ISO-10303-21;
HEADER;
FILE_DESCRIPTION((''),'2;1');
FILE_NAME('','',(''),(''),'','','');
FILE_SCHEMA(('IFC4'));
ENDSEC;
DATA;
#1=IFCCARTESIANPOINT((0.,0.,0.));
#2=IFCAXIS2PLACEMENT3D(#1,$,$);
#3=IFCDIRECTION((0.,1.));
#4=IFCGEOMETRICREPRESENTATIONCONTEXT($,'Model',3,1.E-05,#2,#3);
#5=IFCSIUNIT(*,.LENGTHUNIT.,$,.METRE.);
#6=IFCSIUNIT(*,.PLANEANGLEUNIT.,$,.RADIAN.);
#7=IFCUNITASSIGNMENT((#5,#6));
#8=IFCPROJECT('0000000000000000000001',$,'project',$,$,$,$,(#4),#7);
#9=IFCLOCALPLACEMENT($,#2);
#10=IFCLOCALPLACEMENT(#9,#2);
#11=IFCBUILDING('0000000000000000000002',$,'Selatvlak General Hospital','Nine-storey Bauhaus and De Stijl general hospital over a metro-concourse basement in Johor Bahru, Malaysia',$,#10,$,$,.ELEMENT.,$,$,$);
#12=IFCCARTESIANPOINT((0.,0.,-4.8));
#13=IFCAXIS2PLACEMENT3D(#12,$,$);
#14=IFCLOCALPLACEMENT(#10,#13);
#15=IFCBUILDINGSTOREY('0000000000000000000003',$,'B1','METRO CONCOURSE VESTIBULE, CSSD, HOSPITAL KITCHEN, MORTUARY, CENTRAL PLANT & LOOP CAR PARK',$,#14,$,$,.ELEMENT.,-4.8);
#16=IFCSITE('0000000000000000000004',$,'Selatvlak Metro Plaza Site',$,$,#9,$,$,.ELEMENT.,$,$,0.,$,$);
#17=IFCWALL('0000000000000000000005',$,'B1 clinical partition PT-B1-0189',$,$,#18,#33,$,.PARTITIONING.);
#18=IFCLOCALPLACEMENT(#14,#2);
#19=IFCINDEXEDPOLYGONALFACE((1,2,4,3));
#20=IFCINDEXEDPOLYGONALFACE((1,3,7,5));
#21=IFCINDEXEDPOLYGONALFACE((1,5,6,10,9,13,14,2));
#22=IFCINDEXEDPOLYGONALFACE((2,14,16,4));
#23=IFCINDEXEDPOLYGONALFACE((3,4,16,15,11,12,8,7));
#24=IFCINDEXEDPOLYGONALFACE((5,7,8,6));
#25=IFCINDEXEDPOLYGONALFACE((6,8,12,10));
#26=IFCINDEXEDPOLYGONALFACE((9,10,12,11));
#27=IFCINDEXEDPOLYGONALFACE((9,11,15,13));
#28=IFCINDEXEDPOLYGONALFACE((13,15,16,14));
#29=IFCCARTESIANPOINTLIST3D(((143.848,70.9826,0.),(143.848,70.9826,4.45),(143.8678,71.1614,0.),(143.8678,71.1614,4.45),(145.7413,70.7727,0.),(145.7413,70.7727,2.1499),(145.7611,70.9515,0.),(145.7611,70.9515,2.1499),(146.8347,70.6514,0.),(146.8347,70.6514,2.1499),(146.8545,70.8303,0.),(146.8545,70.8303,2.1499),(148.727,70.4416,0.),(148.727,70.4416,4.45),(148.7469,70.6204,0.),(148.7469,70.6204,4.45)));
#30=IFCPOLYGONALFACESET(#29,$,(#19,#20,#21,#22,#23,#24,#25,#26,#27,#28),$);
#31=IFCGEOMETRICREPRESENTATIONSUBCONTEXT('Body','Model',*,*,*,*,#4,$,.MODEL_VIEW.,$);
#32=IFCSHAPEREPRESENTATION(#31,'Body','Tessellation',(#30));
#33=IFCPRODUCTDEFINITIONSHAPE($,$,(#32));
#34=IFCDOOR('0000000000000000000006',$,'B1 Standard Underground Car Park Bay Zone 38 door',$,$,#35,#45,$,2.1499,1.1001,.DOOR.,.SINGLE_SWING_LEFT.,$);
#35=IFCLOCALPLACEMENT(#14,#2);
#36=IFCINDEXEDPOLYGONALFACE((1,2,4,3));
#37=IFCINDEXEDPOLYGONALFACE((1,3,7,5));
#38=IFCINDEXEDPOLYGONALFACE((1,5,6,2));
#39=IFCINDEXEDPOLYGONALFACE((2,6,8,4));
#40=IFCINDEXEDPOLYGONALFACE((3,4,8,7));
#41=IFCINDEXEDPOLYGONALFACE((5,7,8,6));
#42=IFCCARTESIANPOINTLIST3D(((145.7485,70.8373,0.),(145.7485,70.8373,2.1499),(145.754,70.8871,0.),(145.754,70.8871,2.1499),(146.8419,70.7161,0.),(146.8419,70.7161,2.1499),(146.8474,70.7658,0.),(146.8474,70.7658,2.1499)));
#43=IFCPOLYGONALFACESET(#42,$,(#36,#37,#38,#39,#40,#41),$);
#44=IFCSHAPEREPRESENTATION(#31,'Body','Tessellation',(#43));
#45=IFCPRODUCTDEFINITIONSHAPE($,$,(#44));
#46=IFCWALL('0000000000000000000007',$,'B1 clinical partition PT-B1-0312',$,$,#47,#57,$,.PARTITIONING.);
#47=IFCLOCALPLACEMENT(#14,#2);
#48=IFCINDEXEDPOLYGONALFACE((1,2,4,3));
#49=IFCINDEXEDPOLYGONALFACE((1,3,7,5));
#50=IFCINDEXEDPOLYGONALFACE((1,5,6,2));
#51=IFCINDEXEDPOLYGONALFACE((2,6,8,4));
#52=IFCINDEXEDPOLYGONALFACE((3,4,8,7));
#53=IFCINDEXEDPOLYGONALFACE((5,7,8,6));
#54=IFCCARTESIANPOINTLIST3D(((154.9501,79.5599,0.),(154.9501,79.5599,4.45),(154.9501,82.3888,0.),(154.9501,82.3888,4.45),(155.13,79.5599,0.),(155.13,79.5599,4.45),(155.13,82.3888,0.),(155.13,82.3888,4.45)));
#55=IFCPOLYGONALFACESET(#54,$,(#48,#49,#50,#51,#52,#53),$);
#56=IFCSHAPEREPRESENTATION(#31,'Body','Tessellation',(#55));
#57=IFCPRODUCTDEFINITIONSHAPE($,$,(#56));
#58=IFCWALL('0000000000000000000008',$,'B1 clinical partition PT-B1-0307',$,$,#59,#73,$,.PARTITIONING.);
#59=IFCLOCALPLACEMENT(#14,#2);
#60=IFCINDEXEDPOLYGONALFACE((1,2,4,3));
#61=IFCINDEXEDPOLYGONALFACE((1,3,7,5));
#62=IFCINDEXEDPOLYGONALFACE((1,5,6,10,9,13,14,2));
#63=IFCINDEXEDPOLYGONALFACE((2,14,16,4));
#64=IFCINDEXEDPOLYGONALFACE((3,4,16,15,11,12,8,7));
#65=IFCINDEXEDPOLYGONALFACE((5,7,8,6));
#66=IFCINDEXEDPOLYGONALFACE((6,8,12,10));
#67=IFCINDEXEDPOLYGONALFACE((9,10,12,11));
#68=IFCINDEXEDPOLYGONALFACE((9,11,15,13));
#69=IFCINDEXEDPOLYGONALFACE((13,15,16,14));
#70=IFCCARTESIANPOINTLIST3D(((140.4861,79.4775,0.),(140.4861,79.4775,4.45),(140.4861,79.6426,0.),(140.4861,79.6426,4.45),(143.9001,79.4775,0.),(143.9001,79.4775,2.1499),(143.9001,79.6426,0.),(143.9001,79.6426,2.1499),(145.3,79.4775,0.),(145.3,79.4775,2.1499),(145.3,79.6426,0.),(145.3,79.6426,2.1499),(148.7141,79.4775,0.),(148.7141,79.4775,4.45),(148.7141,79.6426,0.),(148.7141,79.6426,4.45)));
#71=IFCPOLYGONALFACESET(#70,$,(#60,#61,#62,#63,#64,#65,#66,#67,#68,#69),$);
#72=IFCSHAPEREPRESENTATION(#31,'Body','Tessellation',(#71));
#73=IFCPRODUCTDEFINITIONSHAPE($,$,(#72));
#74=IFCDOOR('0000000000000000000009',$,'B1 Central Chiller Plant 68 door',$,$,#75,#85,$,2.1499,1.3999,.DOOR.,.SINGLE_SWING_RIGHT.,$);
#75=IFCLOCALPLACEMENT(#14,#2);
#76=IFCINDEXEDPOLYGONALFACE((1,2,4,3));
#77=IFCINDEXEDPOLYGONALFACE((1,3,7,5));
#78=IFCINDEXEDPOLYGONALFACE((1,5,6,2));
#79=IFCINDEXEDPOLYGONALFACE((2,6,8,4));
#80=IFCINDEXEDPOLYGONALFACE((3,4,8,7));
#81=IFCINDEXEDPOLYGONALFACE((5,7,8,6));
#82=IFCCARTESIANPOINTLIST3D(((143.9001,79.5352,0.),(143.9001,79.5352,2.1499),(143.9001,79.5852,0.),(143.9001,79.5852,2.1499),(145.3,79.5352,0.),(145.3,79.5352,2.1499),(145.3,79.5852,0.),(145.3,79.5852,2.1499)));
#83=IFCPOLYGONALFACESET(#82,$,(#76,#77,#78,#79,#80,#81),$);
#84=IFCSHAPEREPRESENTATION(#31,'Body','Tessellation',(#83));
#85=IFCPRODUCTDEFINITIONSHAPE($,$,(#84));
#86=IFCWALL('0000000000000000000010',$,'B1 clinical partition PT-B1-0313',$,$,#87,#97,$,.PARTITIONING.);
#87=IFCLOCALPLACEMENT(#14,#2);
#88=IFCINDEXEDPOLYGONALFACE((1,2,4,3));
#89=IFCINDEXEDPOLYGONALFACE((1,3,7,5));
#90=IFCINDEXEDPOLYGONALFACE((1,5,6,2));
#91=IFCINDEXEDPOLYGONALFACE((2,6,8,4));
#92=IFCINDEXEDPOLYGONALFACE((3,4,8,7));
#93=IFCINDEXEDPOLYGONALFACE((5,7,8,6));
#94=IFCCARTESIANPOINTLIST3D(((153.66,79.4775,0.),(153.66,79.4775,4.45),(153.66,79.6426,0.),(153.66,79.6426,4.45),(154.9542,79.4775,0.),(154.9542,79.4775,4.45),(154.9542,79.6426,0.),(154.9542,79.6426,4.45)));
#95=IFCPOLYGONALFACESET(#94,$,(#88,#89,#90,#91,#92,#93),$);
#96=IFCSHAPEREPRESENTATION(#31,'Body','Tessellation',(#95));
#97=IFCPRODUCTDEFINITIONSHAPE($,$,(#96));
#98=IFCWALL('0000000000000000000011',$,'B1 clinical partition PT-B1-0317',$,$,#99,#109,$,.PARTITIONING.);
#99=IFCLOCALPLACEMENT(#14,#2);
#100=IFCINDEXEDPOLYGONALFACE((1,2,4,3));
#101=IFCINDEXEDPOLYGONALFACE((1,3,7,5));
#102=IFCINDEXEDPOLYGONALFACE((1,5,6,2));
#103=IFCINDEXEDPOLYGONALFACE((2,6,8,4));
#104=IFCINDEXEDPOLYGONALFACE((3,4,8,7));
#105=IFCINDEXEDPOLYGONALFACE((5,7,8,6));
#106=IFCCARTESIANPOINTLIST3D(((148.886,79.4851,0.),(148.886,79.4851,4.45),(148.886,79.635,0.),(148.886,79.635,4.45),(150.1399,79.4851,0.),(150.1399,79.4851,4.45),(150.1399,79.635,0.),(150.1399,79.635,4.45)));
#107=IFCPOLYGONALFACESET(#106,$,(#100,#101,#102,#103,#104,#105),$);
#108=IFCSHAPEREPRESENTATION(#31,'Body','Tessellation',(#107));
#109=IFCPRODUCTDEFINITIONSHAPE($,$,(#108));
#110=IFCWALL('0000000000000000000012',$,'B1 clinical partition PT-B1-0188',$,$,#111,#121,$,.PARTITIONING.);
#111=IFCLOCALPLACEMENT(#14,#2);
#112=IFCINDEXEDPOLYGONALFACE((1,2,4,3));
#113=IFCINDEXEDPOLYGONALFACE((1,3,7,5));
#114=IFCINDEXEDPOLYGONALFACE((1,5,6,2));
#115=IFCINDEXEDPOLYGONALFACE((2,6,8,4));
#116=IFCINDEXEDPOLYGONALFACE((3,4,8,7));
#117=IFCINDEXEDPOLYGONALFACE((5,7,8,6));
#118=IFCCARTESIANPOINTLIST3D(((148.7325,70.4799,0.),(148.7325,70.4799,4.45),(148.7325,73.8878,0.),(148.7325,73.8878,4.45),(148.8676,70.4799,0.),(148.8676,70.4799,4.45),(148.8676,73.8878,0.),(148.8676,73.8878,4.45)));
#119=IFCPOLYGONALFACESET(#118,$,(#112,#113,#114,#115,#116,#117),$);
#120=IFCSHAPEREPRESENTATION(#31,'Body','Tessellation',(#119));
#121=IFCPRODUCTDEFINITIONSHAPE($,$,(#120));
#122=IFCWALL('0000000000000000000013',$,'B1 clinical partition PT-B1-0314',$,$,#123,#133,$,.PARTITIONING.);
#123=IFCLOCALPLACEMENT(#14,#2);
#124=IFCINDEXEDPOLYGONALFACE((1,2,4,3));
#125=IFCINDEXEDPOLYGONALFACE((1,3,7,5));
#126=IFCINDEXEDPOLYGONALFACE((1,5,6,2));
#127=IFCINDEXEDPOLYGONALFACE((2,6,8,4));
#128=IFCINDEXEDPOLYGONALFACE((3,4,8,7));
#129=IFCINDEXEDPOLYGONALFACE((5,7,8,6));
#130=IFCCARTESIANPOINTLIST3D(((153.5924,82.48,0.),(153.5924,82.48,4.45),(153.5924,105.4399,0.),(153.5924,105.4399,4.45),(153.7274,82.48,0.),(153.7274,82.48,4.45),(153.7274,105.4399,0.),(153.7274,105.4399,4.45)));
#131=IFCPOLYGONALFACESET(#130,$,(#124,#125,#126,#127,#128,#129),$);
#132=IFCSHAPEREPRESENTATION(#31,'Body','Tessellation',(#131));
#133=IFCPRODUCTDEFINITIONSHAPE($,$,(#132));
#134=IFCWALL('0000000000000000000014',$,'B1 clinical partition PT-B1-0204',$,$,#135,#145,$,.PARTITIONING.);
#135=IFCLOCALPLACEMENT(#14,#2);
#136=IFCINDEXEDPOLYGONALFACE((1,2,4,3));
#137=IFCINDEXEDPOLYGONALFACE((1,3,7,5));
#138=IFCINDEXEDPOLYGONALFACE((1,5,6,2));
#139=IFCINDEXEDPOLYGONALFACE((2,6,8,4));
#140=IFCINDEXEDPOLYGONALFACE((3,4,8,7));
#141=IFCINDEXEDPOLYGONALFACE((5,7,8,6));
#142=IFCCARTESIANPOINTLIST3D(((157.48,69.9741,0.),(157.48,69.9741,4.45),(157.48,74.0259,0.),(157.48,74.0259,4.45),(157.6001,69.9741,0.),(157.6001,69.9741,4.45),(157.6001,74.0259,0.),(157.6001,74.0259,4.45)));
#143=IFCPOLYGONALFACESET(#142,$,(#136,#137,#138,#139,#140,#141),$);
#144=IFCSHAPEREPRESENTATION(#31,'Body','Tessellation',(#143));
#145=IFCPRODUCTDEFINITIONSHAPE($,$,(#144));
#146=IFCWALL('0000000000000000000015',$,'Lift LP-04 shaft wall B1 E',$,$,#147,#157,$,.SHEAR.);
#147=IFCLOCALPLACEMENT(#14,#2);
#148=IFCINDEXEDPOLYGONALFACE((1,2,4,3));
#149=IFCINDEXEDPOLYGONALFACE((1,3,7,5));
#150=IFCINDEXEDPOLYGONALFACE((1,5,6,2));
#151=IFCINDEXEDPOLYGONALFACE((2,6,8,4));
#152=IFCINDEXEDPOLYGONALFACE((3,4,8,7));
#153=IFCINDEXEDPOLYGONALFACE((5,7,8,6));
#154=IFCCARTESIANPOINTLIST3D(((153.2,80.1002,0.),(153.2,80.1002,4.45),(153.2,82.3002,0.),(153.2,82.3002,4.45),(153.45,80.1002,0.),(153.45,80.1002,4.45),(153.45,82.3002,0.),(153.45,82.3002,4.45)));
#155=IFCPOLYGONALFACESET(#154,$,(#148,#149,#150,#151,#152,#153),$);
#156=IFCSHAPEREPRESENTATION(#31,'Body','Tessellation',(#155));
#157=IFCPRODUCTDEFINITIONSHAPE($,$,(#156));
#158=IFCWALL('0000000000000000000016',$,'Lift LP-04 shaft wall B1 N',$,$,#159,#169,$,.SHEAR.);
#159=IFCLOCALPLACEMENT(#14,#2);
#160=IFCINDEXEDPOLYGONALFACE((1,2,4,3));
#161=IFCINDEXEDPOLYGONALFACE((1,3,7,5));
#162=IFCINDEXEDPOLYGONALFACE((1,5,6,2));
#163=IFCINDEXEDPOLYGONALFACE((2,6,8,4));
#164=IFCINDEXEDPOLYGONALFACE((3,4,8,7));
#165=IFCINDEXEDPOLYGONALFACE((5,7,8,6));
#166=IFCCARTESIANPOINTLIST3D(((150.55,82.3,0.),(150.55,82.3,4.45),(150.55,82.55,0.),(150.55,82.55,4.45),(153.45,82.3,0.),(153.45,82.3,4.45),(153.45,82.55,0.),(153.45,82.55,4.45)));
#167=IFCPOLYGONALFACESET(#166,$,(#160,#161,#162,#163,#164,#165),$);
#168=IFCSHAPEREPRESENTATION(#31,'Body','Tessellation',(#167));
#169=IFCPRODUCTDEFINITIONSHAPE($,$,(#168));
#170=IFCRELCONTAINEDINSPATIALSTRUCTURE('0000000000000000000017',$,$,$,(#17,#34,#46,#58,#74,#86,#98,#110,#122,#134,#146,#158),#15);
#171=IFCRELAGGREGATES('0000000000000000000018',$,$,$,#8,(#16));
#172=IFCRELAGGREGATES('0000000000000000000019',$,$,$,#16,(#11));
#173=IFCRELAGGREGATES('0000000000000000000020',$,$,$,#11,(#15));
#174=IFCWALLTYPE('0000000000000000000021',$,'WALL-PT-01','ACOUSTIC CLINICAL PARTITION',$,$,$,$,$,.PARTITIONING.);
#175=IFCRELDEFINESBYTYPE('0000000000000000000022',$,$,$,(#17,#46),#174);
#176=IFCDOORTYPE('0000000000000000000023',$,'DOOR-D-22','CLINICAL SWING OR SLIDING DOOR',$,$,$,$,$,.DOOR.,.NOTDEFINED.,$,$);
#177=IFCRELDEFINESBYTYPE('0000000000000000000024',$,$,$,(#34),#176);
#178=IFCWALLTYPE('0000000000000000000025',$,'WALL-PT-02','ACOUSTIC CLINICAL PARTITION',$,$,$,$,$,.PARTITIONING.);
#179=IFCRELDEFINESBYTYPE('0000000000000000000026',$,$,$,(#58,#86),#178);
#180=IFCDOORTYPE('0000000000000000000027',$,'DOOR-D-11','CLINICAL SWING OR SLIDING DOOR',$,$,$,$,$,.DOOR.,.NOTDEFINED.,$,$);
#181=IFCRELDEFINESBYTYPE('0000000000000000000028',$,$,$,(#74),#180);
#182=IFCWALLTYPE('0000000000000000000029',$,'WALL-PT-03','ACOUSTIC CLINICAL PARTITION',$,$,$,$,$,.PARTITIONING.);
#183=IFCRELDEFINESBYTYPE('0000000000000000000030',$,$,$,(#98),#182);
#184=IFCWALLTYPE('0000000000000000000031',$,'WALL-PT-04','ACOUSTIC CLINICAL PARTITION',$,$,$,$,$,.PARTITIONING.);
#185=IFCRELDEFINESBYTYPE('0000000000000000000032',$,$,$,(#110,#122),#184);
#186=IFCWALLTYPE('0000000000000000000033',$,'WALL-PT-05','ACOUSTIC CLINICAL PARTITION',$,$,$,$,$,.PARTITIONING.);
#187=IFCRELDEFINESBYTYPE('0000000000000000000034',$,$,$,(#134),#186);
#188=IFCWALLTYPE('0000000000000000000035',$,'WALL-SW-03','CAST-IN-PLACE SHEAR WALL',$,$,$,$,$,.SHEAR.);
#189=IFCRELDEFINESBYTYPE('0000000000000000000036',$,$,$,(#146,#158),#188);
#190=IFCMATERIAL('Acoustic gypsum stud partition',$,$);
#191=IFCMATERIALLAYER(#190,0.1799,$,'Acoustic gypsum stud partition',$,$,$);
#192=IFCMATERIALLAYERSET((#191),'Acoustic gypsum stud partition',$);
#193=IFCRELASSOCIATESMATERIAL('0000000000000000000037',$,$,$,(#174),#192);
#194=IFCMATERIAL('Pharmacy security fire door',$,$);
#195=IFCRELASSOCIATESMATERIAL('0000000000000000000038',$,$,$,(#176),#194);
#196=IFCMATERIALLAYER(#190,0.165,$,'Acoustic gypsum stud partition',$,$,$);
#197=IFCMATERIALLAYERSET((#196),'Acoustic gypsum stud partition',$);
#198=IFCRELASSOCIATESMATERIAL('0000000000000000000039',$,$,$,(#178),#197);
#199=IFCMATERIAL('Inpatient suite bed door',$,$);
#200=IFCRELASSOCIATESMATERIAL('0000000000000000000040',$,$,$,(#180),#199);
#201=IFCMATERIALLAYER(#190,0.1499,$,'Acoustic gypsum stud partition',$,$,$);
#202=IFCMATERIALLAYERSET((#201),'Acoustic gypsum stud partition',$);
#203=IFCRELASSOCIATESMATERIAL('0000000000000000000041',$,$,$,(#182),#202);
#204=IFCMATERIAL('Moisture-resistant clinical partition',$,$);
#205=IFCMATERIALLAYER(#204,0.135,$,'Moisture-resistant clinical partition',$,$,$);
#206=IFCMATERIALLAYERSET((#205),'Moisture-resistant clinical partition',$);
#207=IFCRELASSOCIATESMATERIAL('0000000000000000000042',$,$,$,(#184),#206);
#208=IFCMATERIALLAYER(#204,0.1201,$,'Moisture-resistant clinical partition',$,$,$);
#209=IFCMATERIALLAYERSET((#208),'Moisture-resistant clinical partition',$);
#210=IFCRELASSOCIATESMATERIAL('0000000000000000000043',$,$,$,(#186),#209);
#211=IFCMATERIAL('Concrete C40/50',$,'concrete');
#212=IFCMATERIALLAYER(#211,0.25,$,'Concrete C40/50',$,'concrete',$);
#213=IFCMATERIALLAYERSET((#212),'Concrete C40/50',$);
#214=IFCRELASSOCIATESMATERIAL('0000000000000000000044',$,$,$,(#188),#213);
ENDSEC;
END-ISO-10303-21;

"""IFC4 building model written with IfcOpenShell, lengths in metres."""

from ifc_helpers import new_model, si_unit, direction, frame, frame_2d, origin, place, context, subcontext, project, spatial, rectangle, extrude, material, layer, layer_set, type_object, element, fill, save


model = new_model("IFC4")

# Units and contexts
model_context = context("Model", 3, precision=1e-05, world=origin(), true_north=direction((0.0, 1.0)))
body_context = subcontext(model_context, "Body", "Model", "MODEL_VIEW")
ifc_project = project(units=[si_unit("LENGTHUNIT", "METRE"), si_unit("PLANEANGLEUNIT", "RADIAN")], contexts=[model_context])

# Site, building, storey
site_placement = place(None, origin())
site = spatial("IfcSite", under=ifc_project, at=site_placement, Name="Selatvlak Metro Plaza Site", CompositionType="ELEMENT", RefElevation=0.0)
building_placement = place(site_placement, origin())
building = spatial("IfcBuilding", under=site, at=building_placement, Name="Selatvlak General Hospital", Description="Nine-storey Bauhaus and De Stijl general hospital over a metro-concourse basement in Johor Bahru, Malaysia", CompositionType="ELEMENT")
storey_placement = place(building_placement, frame((0.0, 0.0, -4.8)))
storey = spatial("IfcBuildingStorey", under=building, at=storey_placement, Name="B1", Description="METRO CONCOURSE VESTIBULE, CSSD, HOSPITAL KITCHEN, MORTUARY, CENTRAL PLANT & LOOP CAR PARK", CompositionType="ELEMENT", Elevation=-4.8)

# Shared definitions
ifc_material_1 = material(Name="Concrete C40/50", Category="concrete")

# Wall, opening, door
ifc_material_2 = material(Name="Acoustic gypsum stud partition")
ifc_layer_1 = layer(ifc_material_2, 0.1799, Name="Acoustic gypsum stud partition")
ifc_layer_set_1 = layer_set([ifc_layer_1], Name="Acoustic gypsum stud partition")
wall_type_1 = type_object("IfcWallType", Name="WALL-PT-01", Description="ACOUSTIC CLINICAL PARTITION", PredefinedType="PARTITIONING", material=ifc_layer_set_1)
wall_1_placement = place(storey_placement, frame((148.7371, 70.531, 0.0), z_axis=(0.0, 0.0, 1.0), x_axis=(-0.993909, 0.110208, 0.0)))
wall_1 = element("IfcWall", 1, at=wall_1_placement, inside=storey, type_object=wall_type_1, Name="B1 clinical partition PT-B1-0189", PredefinedType="PARTITIONING", context=body_context, shape_type="SweptSolid", body=[
    extrude(rectangle(XDim=4.9089, YDim=0.1799, at=frame_2d((2.4546, 0.0))), origin(), (0.0, 0.0, 1.0), 4.45),
])
opening_1_placement = place(wall_1_placement, frame((1.9041, 0.0, 0.0)))
opening_1 = element("IfcOpeningElement", 2, at=opening_1_placement, cuts=wall_1, PredefinedType="OPENING", context=body_context, shape_type="SweptSolid", body=[
    extrude(rectangle(XDim=1.1001, YDim=2.1499, at=frame_2d((0.55, 1.075))), frame((0.0, 0.0999, 0.0), z_axis=(0.0, -1.0, 0.0), x_axis=(1.0, 0.0, 0.0)), (0.0, 0.0, 1.0), 0.2),
])
ifc_material_3 = material(Name="Pharmacy security fire door")
door_type_1 = type_object("IfcDoorType", Name="DOOR-D-22", Description="CLINICAL SWING OR SLIDING DOOR", OperationType="NOTDEFINED", PredefinedType="DOOR", material=ifc_material_3)
door_1_placement = place(opening_1_placement, origin())
door_1 = element("IfcDoor", 3, at=door_1_placement, inside=storey, type_object=door_type_1, Name="B1 Standard Underground Car Park Bay Zone 38 door", OperationType="SINGLE_SWING_LEFT", OverallHeight=2.1499, OverallWidth=1.1001, PredefinedType="DOOR", context=body_context, shape_type="SweptSolid", body=[
    extrude(rectangle(XDim=1.1001, YDim=2.1499, at=frame_2d((0.55, 1.075))), frame((0.0, 0.0249, 0.0), z_axis=(0.0, -1.0, 0.0), x_axis=(1.0, 0.0, 0.0)), (0.0, 0.0, 1.0), 0.05),
])
fill(opening_1, door_1)

# Wall
wall_2_placement = place(storey_placement, frame((155.04, 82.3889, 0.0), z_axis=(0.0, 0.0, 1.0), x_axis=(0.0, -1.0, 0.0)))
element("IfcWall", 4, at=wall_2_placement, inside=storey, type_object=wall_type_1, Name="B1 clinical partition PT-B1-0312", PredefinedType="PARTITIONING", context=body_context, shape_type="SweptSolid", body=[
    extrude(rectangle(XDim=2.8289, YDim=0.1799, at=frame_2d((1.4146, 0.0))), origin(), (0.0, 0.0, 1.0), 4.45),
])

# Wall, opening, door
ifc_layer_2 = layer(ifc_material_2, 0.165, Name="Acoustic gypsum stud partition")
ifc_layer_set_2 = layer_set([ifc_layer_2], Name="Acoustic gypsum stud partition")
wall_type_2 = type_object("IfcWallType", Name="WALL-PT-02", Description="ACOUSTIC CLINICAL PARTITION", PredefinedType="PARTITIONING", material=ifc_layer_set_2)
wall_3_placement = place(storey_placement, frame((148.7141, 79.5601, 0.0), z_axis=(0.0, 0.0, 1.0), x_axis=(-1.0, 0.0, 0.0)))
wall_3 = element("IfcWall", 5, at=wall_3_placement, inside=storey, type_object=wall_type_2, Name="B1 clinical partition PT-B1-0307", PredefinedType="PARTITIONING", context=body_context, shape_type="SweptSolid", body=[
    extrude(rectangle(XDim=8.228, YDim=0.165, at=frame_2d((4.114, 0.0))), origin(), (0.0, 0.0, 1.0), 4.45),
])
opening_2_placement = place(wall_3_placement, frame((3.4141, 0.0, 0.0)))
opening_2 = element("IfcOpeningElement", 6, at=opening_2_placement, cuts=wall_3, PredefinedType="OPENING", context=body_context, shape_type="SweptSolid", body=[
    extrude(rectangle(XDim=1.3999, YDim=2.1499, at=frame_2d((0.7, 1.075))), frame((0.0, 0.0925, 0.0), z_axis=(0.0, -1.0, 0.0), x_axis=(1.0, 0.0, 0.0)), (0.0, 0.0, 1.0), 0.1851),
])
ifc_material_4 = material(Name="Inpatient suite bed door")
door_type_2 = type_object("IfcDoorType", Name="DOOR-D-11", Description="CLINICAL SWING OR SLIDING DOOR", OperationType="NOTDEFINED", PredefinedType="DOOR", material=ifc_material_4)
door_2_placement = place(opening_2_placement, origin())
door_2 = element("IfcDoor", 7, at=door_2_placement, inside=storey, type_object=door_type_2, Name="B1 Central Chiller Plant 68 door", OperationType="SINGLE_SWING_RIGHT", OverallHeight=2.1499, OverallWidth=1.3999, PredefinedType="DOOR", context=body_context, shape_type="SweptSolid", body=[
    extrude(rectangle(XDim=1.3999, YDim=2.1499, at=frame_2d((0.7, 1.075))), frame((0.0, 0.0249, 0.0), z_axis=(0.0, -1.0, 0.0), x_axis=(1.0, 0.0, 0.0)), (0.0, 0.0, 1.0), 0.05),
])
fill(opening_2, door_2)

# Walls
wall_4_placement = place(storey_placement, frame((154.9541, 79.5601, 0.0), z_axis=(0.0, 0.0, 1.0), x_axis=(-1.0, 0.0, 0.0)))
element("IfcWall", 8, at=wall_4_placement, inside=storey, type_object=wall_type_2, Name="B1 clinical partition PT-B1-0313", PredefinedType="PARTITIONING", context=body_context, shape_type="SweptSolid", body=[
    extrude(rectangle(XDim=1.2942, YDim=0.165, at=frame_2d((0.647, 0.0))), origin(), (0.0, 0.0, 1.0), 4.45),
])
ifc_layer_3 = layer(ifc_material_2, 0.1499, Name="Acoustic gypsum stud partition")
ifc_layer_set_3 = layer_set([ifc_layer_3], Name="Acoustic gypsum stud partition")
wall_type_3 = type_object("IfcWallType", Name="WALL-PT-03", Description="ACOUSTIC CLINICAL PARTITION", PredefinedType="PARTITIONING", material=ifc_layer_set_3)
wall_5_placement = place(storey_placement, frame((150.1399, 79.5601, 0.0), z_axis=(0.0, 0.0, 1.0), x_axis=(-1.0, 0.0, 0.0)))
element("IfcWall", 9, at=wall_5_placement, inside=storey, type_object=wall_type_3, Name="B1 clinical partition PT-B1-0317", PredefinedType="PARTITIONING", context=body_context, shape_type="SweptSolid", body=[
    extrude(rectangle(XDim=1.2539, YDim=0.1499, at=frame_2d((0.627, 0.0))), origin(), (0.0, 0.0, 1.0), 4.45),
])
ifc_material_5 = material(Name="Moisture-resistant clinical partition")
ifc_layer_4 = layer(ifc_material_5, 0.135, Name="Moisture-resistant clinical partition")
ifc_layer_set_4 = layer_set([ifc_layer_4], Name="Moisture-resistant clinical partition")
wall_type_4 = type_object("IfcWallType", Name="WALL-PT-04", Description="ACOUSTIC CLINICAL PARTITION", PredefinedType="PARTITIONING", material=ifc_layer_set_4)
wall_6_placement = place(storey_placement, frame((148.8, 73.8879, 0.0), z_axis=(0.0, 0.0, 1.0), x_axis=(0.0, -1.0, 0.0)))
element("IfcWall", 10, at=wall_6_placement, inside=storey, type_object=wall_type_4, Name="B1 clinical partition PT-B1-0188", PredefinedType="PARTITIONING", context=body_context, shape_type="SweptSolid", body=[
    extrude(rectangle(XDim=3.408, YDim=0.135, at=frame_2d((1.7041, 0.0))), origin(), (0.0, 0.0, 1.0), 4.45),
])
wall_7_placement = place(storey_placement, frame((153.6599, 82.48, 0.0), z_axis=(0.0, 0.0, 1.0), x_axis=(0.0, 1.0, 0.0)))
element("IfcWall", 11, at=wall_7_placement, inside=storey, type_object=wall_type_4, Name="B1 clinical partition PT-B1-0314", PredefinedType="PARTITIONING", context=body_context, shape_type="SweptSolid", body=[
    extrude(rectangle(XDim=22.96, YDim=0.135, at=frame_2d((11.48, 0.0))), origin(), (0.0, 0.0, 1.0), 4.45),
])
ifc_layer_5 = layer(ifc_material_5, 0.1201, Name="Moisture-resistant clinical partition")
ifc_layer_set_5 = layer_set([ifc_layer_5], Name="Moisture-resistant clinical partition")
wall_type_5 = type_object("IfcWallType", Name="WALL-PT-05", Description="ACOUSTIC CLINICAL PARTITION", PredefinedType="PARTITIONING", material=ifc_layer_set_5)
wall_8_placement = place(storey_placement, frame((157.54, 74.0259, 0.0), z_axis=(0.0, 0.0, 1.0), x_axis=(0.0, -1.0, 0.0)))
element("IfcWall", 12, at=wall_8_placement, inside=storey, type_object=wall_type_5, Name="B1 clinical partition PT-B1-0204", PredefinedType="PARTITIONING", context=body_context, shape_type="SweptSolid", body=[
    extrude(rectangle(XDim=4.0518, YDim=0.1201, at=frame_2d((2.0259, 0.0))), origin(), (0.0, 0.0, 1.0), 4.45),
])

# Shared definitions
ifc_layer_6 = layer(ifc_material_1, 0.25, Name="Concrete C40/50", Category="concrete")
ifc_layer_set_6 = layer_set([ifc_layer_6], Name="Concrete C40/50")
wall_type_6 = type_object("IfcWallType", Name="WALL-SW-03", Description="CAST-IN-PLACE SHEAR WALL", PredefinedType="SHEAR", material=ifc_layer_set_6)

# Walls
wall_9_placement = place(storey_placement, frame((153.325, 80.1001, 0.0), z_axis=(0.0, 0.0, 1.0), x_axis=(0.0, 1.0, 0.0)))
element("IfcWall", 13, at=wall_9_placement, inside=storey, type_object=wall_type_6, Name="Lift LP-04 shaft wall B1 E", PredefinedType="SHEAR", context=body_context, shape_type="SweptSolid", body=[
    extrude(rectangle(XDim=2.2, YDim=0.25, at=frame_2d((1.1001, 0.0))), origin(), (0.0, 0.0, 1.0), 4.45),
])
wall_10_placement = place(storey_placement, frame((153.45, 82.425, 0.0), z_axis=(0.0, 0.0, 1.0), x_axis=(-1.0, 0.0, 0.0)))
element("IfcWall", 14, at=wall_10_placement, inside=storey, type_object=wall_type_6, Name="Lift LP-04 shaft wall B1 N", PredefinedType="SHEAR", context=body_context, shape_type="SweptSolid", body=[
    extrude(rectangle(XDim=2.8999, YDim=0.25, at=frame_2d((1.45, 0.0))), origin(), (0.0, 0.0, 1.0), 4.45),
])

save(model, "model.ifc")
